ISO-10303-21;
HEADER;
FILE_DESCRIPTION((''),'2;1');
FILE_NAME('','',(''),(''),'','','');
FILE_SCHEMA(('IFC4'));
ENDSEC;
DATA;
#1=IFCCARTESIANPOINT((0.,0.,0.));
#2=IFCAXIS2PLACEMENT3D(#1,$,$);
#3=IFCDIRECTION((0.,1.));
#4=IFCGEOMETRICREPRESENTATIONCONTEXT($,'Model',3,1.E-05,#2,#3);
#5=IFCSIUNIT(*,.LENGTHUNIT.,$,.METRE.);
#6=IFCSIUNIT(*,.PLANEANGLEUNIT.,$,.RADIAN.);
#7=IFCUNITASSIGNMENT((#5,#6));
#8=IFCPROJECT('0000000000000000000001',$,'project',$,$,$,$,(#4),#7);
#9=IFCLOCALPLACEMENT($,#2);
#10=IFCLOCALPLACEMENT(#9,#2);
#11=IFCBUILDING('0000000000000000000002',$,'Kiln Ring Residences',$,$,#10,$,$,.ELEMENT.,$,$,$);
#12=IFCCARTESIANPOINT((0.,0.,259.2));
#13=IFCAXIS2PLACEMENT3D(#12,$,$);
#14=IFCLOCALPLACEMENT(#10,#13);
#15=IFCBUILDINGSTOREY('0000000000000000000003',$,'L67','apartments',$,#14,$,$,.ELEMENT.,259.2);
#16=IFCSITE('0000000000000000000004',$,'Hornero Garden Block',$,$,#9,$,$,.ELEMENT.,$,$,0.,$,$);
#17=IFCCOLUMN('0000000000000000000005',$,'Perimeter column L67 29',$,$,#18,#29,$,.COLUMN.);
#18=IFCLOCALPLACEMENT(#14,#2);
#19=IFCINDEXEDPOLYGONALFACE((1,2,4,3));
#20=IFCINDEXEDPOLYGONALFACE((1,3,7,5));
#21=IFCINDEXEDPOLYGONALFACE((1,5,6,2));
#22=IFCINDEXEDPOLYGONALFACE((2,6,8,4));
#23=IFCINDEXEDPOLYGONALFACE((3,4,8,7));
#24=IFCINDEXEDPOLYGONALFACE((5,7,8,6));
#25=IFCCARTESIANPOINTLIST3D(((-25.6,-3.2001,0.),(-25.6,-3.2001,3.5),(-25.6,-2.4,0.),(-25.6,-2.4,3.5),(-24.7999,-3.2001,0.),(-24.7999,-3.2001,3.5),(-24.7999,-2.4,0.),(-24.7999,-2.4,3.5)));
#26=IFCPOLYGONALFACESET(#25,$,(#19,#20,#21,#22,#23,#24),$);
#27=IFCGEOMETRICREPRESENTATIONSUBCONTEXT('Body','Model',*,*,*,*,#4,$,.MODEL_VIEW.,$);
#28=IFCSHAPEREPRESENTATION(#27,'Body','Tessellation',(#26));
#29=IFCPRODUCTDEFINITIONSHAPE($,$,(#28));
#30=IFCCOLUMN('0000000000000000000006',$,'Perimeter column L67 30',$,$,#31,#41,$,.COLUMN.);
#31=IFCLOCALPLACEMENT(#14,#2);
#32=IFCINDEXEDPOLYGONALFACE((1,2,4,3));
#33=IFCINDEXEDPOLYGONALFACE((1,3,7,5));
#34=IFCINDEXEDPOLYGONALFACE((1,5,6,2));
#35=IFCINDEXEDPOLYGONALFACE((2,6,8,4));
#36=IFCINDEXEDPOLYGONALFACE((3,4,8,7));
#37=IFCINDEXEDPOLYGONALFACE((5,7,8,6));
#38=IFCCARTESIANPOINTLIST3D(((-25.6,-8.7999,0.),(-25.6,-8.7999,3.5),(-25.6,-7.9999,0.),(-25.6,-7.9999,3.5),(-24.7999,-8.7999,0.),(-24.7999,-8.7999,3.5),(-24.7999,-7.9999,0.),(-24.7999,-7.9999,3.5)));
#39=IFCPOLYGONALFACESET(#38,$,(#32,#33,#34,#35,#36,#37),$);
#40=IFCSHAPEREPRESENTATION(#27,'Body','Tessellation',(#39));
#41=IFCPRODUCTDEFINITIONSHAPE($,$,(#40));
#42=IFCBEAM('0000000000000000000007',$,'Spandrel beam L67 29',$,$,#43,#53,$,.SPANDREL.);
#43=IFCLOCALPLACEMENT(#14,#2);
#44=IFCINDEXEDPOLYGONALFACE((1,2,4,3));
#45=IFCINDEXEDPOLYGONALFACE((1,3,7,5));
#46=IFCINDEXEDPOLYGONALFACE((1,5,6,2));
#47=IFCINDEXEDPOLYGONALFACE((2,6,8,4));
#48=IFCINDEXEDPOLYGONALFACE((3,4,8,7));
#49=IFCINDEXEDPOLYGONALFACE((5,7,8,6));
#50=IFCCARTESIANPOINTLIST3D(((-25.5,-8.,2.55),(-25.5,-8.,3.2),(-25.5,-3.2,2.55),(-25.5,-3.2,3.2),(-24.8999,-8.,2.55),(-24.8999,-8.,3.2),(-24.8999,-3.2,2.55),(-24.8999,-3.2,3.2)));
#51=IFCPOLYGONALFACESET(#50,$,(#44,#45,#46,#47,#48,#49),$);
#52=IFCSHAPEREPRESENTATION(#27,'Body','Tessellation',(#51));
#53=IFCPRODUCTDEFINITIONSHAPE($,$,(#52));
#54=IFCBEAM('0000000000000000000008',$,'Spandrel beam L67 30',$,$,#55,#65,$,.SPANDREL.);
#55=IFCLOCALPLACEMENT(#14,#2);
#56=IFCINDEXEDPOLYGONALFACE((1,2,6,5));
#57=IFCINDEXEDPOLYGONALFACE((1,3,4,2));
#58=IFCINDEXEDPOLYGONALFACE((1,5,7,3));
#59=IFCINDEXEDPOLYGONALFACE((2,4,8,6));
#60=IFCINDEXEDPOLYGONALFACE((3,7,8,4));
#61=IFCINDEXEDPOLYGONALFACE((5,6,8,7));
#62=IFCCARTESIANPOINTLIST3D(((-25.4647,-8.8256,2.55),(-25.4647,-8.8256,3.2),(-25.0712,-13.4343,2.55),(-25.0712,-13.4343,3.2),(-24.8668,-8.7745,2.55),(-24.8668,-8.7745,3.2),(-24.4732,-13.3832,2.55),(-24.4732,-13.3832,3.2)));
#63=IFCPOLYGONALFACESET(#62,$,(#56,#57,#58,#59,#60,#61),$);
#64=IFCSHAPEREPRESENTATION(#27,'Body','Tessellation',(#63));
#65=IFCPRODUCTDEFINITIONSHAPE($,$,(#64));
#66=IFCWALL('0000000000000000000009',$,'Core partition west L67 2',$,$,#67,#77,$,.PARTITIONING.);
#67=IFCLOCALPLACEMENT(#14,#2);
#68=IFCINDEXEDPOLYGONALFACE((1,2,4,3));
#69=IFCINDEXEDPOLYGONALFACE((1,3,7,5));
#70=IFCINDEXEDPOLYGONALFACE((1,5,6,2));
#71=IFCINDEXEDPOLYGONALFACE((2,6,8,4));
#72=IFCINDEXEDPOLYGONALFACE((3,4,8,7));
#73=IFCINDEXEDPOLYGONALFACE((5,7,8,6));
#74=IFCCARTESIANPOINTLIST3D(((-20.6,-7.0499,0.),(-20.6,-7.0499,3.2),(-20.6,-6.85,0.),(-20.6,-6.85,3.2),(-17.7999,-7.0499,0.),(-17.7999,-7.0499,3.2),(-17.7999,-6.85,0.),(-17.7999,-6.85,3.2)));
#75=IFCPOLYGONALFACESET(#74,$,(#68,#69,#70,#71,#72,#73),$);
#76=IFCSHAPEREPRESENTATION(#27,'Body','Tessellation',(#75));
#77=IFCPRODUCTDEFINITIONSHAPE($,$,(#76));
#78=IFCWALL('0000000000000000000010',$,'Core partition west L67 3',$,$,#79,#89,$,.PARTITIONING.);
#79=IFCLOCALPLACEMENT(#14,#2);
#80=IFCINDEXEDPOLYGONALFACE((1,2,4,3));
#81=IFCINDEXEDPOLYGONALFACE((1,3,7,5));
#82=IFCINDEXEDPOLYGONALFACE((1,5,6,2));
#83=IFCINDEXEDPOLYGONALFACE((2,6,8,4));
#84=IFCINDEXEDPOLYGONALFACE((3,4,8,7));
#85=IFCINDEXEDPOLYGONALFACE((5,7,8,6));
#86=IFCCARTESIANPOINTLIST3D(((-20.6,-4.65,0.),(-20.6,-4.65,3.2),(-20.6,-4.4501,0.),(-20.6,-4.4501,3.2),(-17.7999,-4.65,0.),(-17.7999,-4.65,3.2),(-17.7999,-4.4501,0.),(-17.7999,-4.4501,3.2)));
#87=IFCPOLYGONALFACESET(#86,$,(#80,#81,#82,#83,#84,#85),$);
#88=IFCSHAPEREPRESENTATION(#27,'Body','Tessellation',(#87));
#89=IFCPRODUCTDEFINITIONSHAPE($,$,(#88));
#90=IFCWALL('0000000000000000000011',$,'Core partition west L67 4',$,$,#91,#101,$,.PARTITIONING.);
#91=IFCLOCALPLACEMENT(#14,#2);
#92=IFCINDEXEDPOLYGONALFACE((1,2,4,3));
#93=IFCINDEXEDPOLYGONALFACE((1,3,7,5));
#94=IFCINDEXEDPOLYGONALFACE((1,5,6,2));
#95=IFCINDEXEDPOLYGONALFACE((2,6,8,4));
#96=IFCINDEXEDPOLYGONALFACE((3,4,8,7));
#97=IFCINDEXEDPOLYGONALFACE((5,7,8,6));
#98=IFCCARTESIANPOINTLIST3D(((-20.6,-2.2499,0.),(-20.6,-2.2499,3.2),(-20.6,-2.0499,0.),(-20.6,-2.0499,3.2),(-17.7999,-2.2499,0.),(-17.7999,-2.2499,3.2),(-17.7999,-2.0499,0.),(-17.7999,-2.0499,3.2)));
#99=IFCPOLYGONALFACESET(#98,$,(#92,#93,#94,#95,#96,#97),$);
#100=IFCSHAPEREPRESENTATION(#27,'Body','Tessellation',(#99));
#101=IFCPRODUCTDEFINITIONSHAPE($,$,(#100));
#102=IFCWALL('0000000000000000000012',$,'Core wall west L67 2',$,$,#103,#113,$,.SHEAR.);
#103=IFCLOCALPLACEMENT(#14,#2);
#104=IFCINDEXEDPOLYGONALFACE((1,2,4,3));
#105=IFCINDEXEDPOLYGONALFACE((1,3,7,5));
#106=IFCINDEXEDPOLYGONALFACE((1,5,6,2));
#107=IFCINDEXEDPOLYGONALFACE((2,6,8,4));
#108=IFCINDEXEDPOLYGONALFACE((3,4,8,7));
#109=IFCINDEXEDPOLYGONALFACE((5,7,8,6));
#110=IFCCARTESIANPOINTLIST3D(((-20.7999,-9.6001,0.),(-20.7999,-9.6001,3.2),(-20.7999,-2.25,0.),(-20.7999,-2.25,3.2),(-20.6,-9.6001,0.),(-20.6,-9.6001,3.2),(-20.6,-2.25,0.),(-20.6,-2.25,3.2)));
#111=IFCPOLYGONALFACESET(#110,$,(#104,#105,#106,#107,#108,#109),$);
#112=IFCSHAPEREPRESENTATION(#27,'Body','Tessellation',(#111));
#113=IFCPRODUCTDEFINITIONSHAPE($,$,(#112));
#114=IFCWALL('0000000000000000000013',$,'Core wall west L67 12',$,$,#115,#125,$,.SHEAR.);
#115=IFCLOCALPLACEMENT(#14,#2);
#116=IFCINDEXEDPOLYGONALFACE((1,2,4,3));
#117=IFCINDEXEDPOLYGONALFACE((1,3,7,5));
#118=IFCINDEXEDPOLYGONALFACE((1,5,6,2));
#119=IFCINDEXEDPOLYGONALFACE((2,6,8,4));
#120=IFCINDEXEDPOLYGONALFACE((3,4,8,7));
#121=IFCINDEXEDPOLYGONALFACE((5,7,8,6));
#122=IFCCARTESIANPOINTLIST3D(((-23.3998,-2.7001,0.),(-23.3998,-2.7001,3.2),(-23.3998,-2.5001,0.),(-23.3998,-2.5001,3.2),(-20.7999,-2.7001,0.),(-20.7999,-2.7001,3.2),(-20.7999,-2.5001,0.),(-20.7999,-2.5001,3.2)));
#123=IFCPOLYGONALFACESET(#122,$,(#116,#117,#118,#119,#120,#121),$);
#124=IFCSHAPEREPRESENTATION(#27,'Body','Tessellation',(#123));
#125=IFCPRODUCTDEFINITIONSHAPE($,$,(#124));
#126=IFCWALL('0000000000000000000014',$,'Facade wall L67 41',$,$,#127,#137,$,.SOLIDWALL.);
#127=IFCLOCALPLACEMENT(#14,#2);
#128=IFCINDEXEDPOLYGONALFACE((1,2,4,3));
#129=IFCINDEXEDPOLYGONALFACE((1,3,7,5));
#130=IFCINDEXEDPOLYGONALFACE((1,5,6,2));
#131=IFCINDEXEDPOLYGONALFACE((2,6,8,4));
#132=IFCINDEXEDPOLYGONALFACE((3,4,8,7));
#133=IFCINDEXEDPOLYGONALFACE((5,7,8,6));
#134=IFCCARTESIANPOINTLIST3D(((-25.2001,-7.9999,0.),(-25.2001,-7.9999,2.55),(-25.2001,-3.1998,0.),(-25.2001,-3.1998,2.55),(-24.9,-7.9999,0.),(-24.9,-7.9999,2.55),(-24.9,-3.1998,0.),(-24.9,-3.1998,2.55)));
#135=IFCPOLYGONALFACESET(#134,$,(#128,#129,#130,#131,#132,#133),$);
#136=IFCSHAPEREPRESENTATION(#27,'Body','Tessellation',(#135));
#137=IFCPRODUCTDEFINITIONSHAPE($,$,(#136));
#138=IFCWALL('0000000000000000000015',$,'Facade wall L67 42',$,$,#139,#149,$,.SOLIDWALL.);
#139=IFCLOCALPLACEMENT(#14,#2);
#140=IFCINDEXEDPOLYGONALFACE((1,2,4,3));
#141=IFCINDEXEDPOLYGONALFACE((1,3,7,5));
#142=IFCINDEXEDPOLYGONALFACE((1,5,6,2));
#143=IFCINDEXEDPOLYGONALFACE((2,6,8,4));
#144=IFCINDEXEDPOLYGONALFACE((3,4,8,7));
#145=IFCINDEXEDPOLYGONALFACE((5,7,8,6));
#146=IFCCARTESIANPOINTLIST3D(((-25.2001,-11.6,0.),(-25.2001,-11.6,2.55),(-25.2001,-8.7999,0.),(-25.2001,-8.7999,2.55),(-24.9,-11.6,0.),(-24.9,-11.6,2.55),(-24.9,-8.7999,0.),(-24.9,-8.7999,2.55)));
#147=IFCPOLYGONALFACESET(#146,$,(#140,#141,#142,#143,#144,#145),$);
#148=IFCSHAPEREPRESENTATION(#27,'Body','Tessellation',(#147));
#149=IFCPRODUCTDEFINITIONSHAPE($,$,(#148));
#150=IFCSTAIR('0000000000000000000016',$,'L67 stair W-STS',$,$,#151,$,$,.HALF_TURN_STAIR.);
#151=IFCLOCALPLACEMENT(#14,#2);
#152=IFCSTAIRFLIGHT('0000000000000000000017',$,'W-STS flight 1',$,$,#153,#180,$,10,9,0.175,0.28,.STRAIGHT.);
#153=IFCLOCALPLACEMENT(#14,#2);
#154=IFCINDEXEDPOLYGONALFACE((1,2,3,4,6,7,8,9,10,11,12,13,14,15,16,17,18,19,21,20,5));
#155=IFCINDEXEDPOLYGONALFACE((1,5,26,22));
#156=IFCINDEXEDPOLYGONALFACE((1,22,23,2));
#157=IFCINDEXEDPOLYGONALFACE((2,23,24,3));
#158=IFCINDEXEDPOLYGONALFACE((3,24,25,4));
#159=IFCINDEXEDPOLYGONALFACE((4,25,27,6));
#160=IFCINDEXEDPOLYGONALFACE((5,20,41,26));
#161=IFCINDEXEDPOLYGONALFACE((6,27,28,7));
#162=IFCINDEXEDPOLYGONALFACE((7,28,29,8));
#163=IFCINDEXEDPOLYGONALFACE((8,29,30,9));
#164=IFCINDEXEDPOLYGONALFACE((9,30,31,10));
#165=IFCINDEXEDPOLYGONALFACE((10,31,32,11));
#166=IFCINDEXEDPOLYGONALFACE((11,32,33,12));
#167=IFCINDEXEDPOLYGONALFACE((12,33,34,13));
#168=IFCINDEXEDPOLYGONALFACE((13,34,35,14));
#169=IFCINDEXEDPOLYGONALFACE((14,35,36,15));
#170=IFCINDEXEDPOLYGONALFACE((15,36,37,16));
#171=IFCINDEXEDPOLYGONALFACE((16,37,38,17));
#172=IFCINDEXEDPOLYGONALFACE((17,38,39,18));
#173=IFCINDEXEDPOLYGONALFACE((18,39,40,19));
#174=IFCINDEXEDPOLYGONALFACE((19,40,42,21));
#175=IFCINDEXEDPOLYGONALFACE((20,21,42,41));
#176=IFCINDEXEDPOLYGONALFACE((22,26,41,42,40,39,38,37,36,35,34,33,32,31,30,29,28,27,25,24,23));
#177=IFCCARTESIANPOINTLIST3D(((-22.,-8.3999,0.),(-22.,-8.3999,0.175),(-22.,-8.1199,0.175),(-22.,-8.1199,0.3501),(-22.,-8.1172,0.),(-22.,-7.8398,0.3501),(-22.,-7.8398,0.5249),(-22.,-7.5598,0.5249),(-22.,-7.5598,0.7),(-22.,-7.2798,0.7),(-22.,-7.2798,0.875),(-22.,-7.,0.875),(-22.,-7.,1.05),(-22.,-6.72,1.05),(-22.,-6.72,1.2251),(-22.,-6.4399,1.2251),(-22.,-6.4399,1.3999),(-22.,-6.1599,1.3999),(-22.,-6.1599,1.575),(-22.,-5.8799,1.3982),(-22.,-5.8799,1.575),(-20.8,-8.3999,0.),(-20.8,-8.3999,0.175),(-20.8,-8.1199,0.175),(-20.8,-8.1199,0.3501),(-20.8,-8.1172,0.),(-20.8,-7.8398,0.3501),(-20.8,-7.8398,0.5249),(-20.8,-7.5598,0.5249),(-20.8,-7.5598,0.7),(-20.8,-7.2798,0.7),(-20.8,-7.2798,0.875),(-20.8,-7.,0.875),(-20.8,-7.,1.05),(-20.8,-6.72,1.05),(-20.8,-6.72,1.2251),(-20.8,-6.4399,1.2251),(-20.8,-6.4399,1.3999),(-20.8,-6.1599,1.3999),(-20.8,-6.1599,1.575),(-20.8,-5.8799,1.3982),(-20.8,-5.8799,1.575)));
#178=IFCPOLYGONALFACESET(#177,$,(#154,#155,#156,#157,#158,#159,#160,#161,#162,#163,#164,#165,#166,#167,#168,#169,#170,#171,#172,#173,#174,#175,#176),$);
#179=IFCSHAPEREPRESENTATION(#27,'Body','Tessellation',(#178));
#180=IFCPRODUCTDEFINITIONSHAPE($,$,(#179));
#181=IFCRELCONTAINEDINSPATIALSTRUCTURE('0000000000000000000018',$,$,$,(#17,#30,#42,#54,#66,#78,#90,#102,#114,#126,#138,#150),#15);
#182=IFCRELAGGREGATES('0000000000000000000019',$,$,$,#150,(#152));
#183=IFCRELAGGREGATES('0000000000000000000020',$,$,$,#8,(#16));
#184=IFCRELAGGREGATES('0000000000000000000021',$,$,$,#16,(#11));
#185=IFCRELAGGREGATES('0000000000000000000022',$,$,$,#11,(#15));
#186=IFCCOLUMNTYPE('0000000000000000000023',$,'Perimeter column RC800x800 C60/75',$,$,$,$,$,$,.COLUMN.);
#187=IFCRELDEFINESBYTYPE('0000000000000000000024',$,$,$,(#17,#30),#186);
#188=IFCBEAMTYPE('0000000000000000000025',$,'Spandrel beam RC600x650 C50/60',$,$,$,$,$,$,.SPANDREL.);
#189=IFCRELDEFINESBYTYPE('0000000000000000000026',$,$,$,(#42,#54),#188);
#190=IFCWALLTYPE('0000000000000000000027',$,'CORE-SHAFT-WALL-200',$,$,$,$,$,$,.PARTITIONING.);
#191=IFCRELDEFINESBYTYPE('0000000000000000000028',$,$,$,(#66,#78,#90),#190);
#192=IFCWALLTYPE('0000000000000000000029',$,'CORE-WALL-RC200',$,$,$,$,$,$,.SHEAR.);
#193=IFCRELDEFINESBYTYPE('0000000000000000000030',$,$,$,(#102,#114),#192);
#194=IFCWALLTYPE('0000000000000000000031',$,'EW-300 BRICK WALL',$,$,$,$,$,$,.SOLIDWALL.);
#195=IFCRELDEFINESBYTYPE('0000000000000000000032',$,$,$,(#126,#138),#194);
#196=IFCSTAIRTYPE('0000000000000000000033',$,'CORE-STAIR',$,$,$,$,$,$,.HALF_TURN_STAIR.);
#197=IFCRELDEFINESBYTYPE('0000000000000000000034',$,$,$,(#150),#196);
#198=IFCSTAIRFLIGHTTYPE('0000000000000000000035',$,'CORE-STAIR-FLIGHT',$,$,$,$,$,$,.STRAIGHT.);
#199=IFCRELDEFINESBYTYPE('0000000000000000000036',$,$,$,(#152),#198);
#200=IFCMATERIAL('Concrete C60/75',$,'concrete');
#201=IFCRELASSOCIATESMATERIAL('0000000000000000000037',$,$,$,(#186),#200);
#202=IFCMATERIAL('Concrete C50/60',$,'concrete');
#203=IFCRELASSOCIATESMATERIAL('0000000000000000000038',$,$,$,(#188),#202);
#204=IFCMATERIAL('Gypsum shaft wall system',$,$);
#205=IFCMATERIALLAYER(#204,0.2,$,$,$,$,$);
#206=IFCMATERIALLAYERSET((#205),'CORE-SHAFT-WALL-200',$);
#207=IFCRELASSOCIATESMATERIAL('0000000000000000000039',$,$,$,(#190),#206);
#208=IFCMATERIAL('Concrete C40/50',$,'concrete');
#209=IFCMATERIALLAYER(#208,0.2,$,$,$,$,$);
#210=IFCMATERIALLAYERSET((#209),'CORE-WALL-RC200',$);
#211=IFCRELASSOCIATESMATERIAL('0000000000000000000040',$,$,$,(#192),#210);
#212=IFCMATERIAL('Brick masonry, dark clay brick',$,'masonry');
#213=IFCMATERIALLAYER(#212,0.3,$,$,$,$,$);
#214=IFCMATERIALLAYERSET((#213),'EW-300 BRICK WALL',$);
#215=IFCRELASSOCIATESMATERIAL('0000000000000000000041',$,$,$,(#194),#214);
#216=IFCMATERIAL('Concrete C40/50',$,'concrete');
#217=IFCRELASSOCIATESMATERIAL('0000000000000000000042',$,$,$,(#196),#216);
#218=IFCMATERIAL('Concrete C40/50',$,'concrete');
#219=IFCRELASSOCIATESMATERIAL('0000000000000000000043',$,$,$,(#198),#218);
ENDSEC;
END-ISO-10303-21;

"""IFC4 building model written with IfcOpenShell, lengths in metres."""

from ifc_helpers import new_model, si_unit, direction, frame, frame_2d, origin, origin_2d, place, context, subcontext, project, spatial, polyline, rectangle, outline, extrude, material, layer, layer_set, material_profile, profile_set, type_object, element, aggregate, save


model = new_model("IFC4")

# Units and contexts
model_context = context("Model", 3, precision=1e-05, world=origin(), true_north=direction((0.0, 1.0)))
body_context = subcontext(model_context, "Body", "Model", "MODEL_VIEW")
ifc_project = project(units=[si_unit("LENGTHUNIT", "METRE"), si_unit("PLANEANGLEUNIT", "RADIAN")], contexts=[model_context])

# Site, building, storey
site_placement = place(None, origin())
site = spatial("IfcSite", under=ifc_project, at=site_placement, Name="Hornero Garden Block", CompositionType="ELEMENT", RefElevation=0.0)
building_placement = place(site_placement, origin())
building = spatial("IfcBuilding", under=site, at=building_placement, Name="Kiln Ring Residences", CompositionType="ELEMENT")
storey_placement = place(building_placement, frame((0.0, 0.0, 259.2)))
storey = spatial("IfcBuildingStorey", under=building, at=storey_placement, Name="L67", Description="apartments", CompositionType="ELEMENT", Elevation=259.2)

# Columns
ifc_material_1 = material(Name="Concrete C60/75", Category="concrete")
ifc_material_profile_1 = material_profile(ifc_material_1, rectangle(XDim=0.8, YDim=0.8, at=origin_2d()), Name="RC800x800")
ifc_profile_set_1 = profile_set([ifc_material_profile_1], Name="Concrete C60/75")
column_type = type_object("IfcColumnType", Name="Perimeter column RC800x800 C60/75", PredefinedType="COLUMN", material=ifc_profile_set_1)
for number, where, z_axis, x_axis, name in (
    (1, (-25.2, -2.8, 0.0), (0.0, 0.0, 1.0), (1.0, 0.0, 0.0), "Perimeter column L67 29"),
    (2, (-25.2, -8.3999, 0.0), (0.0, 0.0, 1.0), (1.0, 0.0, 0.0), "Perimeter column L67 30"),
):
    element("IfcColumn", number, at=place(storey_placement, frame(where, z_axis=z_axis, x_axis=x_axis)), inside=storey, type_object=column_type, Name=name, PredefinedType="COLUMN", context=body_context, shape_type="SweptSolid", body=[
        extrude(rectangle(XDim=0.8, YDim=0.8, at=origin_2d()), origin(), (0.0, 0.0, 1.0), 3.5),
    ])

# Beams
ifc_material_2 = material(Name="Concrete C50/60", Category="concrete")
ifc_material_profile_2 = material_profile(ifc_material_2, rectangle(XDim=0.6001, YDim=0.6499, at=origin_2d()), Name="RC600x650")
ifc_profile_set_2 = profile_set([ifc_material_profile_2], Name="Concrete C50/60")
beam_type = type_object("IfcBeamType", Name="Spandrel beam RC600x650 C50/60", PredefinedType="SPANDREL", material=ifc_profile_set_2)
beam_1_placement = place(storey_placement, frame((-25.2, -3.2, 2.875), z_axis=(0.0, -1.0, 0.0), x_axis=(1.0, 0.0, 0.0)))
element("IfcBeam", 3, at=beam_1_placement, inside=storey, type_object=beam_type, Name="Spandrel beam L67 29", PredefinedType="SPANDREL", context=body_context, shape_type="SweptSolid", body=[
    extrude(rectangle(XDim=0.6001, YDim=0.6499, at=origin_2d()), origin(), (0.0, 0.0, 1.0), 4.8),
])
beam_2_placement = place(storey_placement, frame((-25.1658, -8.8, 2.875), z_axis=(0.085085, -0.996374, 0.0), x_axis=(0.996374, 0.085085, 0.0)))
element("IfcBeam", 4, at=beam_2_placement, inside=storey, type_object=beam_type, Name="Spandrel beam L67 30", PredefinedType="SPANDREL", context=body_context, shape_type="SweptSolid", body=[
    extrude(rectangle(XDim=0.6001, YDim=0.6499, at=origin_2d()), origin(), (0.0, 0.0, 1.0), 4.6255),
])

# Walls
ifc_material_3 = material(Name="Gypsum shaft wall system")
ifc_layer_1 = layer(ifc_material_3, 0.2)
ifc_layer_set_1 = layer_set([ifc_layer_1], Name="CORE-SHAFT-WALL-200")
wall_type_1 = type_object("IfcWallType", Name="CORE-SHAFT-WALL-200", PredefinedType="PARTITIONING", material=ifc_layer_set_1)
for number, where, z_axis, x_axis, name in (
    (5, (-17.8, -6.95, 0.0), (0.0, 0.0, 1.0), (-1.0, 0.0, 0.0), "Core partition west L67 2"),
    (6, (-17.8, -4.55, 0.0), (0.0, 0.0, 1.0), (-1.0, 0.0, 0.0), "Core partition west L67 3"),
    (7, (-17.8, -2.1499, 0.0), (0.0, 0.0, 1.0), (-1.0, 0.0, 0.0), "Core partition west L67 4"),
):
    element("IfcWall", number, at=place(storey_placement, frame(where, z_axis=z_axis, x_axis=x_axis)), inside=storey, type_object=wall_type_1, Name=name, PredefinedType="PARTITIONING", context=body_context, shape_type="SweptSolid", body=[
        extrude(rectangle(XDim=2.8, YDim=0.2, at=frame_2d((1.3999, 0.0))), origin(), (0.0, 0.0, 1.0), 3.2),
    ])
ifc_material_4 = material(Name="Concrete C40/50", Category="concrete")
ifc_layer_2 = layer(ifc_material_4, 0.2)
ifc_layer_set_2 = layer_set([ifc_layer_2], Name="CORE-WALL-RC200")
wall_type_2 = type_object("IfcWallType", Name="CORE-WALL-RC200", PredefinedType="SHEAR", material=ifc_layer_set_2)
wall_1_placement = place(storey_placement, frame((-20.7, -9.6001, 0.0), z_axis=(0.0, 0.0, 1.0), x_axis=(0.0, 1.0, 0.0)))
element("IfcWall", 8, at=wall_1_placement, inside=storey, type_object=wall_type_2, Name="Core wall west L67 2", PredefinedType="SHEAR", context=body_context, shape_type="SweptSolid", body=[
    extrude(rectangle(XDim=7.3501, YDim=0.2, at=frame_2d((3.675, 0.0))), origin(), (0.0, 0.0, 1.0), 3.2),
])
wall_2_placement = place(storey_placement, frame((-20.8, -2.6001, 0.0), z_axis=(0.0, 0.0, 1.0), x_axis=(-1.0, 0.0, 0.0)))
element("IfcWall", 9, at=wall_2_placement, inside=storey, type_object=wall_type_2, Name="Core wall west L67 12", PredefinedType="SHEAR", context=body_context, shape_type="SweptSolid", body=[
    extrude(rectangle(XDim=2.5999, YDim=0.2, at=frame_2d((1.2998, 0.0))), origin(), (0.0, 0.0, 1.0), 3.2),
])
ifc_material_5 = material(Name="Brick masonry, dark clay brick", Category="masonry")
ifc_layer_3 = layer(ifc_material_5, 0.3)
ifc_layer_set_3 = layer_set([ifc_layer_3], Name="EW-300 BRICK WALL")
wall_type_3 = type_object("IfcWallType", Name="EW-300 BRICK WALL", PredefinedType="SOLIDWALL", material=ifc_layer_set_3)
wall_3_placement = place(storey_placement, frame((-25.05, -3.2, 0.0), z_axis=(0.0, 0.0, 1.0), x_axis=(0.0, -1.0, 0.0)))
element("IfcWall", 10, at=wall_3_placement, inside=storey, type_object=wall_type_3, Name="Facade wall L67 41", PredefinedType="SOLIDWALL", context=body_context, shape_type="SweptSolid", body=[
    extrude(rectangle(XDim=4.8, YDim=0.3, at=frame_2d((2.3999, 0.0))), origin(), (0.0, 0.0, 1.0), 2.55),
])
wall_4_placement = place(storey_placement, frame((-25.05, -8.8, 0.0), z_axis=(0.0, 0.0, 1.0), x_axis=(0.0, -1.0, 0.0)))
element("IfcWall", 11, at=wall_4_placement, inside=storey, type_object=wall_type_3, Name="Facade wall L67 42", PredefinedType="SOLIDWALL", context=body_context, shape_type="SweptSolid", body=[
    extrude(rectangle(XDim=2.8, YDim=0.3, at=frame_2d((1.3999, 0.0))), origin(), (0.0, 0.0, 1.0), 2.55),
])

# Stair, stair flight
ifc_material_6 = material(Name="Concrete C40/50", Category="concrete")
stair_type = type_object("IfcStairType", Name="CORE-STAIR", PredefinedType="HALF_TURN_STAIR", material=ifc_material_6)
stair_placement = place(storey_placement, origin())
stair = element("IfcStair", 12, at=stair_placement, inside=storey, type_object=stair_type, Name="L67 stair W-STS", PredefinedType="HALF_TURN_STAIR")
ifc_material_7 = material(Name="Concrete C40/50", Category="concrete")
stair_flight_type = type_object("IfcStairFlightType", Name="CORE-STAIR-FLIGHT", PredefinedType="STRAIGHT", material=ifc_material_7)
stair_flight_1_placement = place(storey_placement, frame((-21.3999, -8.3999, 0.0), z_axis=(0.0, 0.0, 1.0), x_axis=(0.0, 1.0, 0.0)))
stair_flight_1 = element("IfcStairFlight", 13, at=stair_flight_1_placement, type_object=stair_flight_type, Name="W-STS flight 1", NumberOfRisers=10, NumberOfTreads=9, PredefinedType="STRAIGHT", RiserHeight=0.175, TreadLength=0.28, context=body_context, shape_type="SweptSolid", body=[
    extrude(outline(polyline([(0.0, 0.0), (0.0, 0.175), (0.28, 0.175), (0.28, 0.3501), (0.5601, 0.3501), (0.5601, 0.5249), (0.8401, 0.5249), (0.8401, 0.7), (1.1201, 0.7), (1.1201, 0.875), (1.3999, 0.875), (1.3999, 1.05), (1.6799, 1.05), (1.6799, 1.2251), (1.96, 1.2251), (1.96, 1.3999), (2.24, 1.3999), (2.24, 1.575), (2.52, 1.575), (2.52, 1.75), (2.52, 1.3982), (0.2827, 0.0), (0.0, 0.0)])), frame((0.0, 0.6001, 0.0), z_axis=(0.0, -1.0, 0.0), x_axis=(1.0, 0.0, 0.0)), (0.0, 0.0, 1.0), 1.2),
])
aggregate(stair, [stair_flight_1])

save(model, "model.ifc")
